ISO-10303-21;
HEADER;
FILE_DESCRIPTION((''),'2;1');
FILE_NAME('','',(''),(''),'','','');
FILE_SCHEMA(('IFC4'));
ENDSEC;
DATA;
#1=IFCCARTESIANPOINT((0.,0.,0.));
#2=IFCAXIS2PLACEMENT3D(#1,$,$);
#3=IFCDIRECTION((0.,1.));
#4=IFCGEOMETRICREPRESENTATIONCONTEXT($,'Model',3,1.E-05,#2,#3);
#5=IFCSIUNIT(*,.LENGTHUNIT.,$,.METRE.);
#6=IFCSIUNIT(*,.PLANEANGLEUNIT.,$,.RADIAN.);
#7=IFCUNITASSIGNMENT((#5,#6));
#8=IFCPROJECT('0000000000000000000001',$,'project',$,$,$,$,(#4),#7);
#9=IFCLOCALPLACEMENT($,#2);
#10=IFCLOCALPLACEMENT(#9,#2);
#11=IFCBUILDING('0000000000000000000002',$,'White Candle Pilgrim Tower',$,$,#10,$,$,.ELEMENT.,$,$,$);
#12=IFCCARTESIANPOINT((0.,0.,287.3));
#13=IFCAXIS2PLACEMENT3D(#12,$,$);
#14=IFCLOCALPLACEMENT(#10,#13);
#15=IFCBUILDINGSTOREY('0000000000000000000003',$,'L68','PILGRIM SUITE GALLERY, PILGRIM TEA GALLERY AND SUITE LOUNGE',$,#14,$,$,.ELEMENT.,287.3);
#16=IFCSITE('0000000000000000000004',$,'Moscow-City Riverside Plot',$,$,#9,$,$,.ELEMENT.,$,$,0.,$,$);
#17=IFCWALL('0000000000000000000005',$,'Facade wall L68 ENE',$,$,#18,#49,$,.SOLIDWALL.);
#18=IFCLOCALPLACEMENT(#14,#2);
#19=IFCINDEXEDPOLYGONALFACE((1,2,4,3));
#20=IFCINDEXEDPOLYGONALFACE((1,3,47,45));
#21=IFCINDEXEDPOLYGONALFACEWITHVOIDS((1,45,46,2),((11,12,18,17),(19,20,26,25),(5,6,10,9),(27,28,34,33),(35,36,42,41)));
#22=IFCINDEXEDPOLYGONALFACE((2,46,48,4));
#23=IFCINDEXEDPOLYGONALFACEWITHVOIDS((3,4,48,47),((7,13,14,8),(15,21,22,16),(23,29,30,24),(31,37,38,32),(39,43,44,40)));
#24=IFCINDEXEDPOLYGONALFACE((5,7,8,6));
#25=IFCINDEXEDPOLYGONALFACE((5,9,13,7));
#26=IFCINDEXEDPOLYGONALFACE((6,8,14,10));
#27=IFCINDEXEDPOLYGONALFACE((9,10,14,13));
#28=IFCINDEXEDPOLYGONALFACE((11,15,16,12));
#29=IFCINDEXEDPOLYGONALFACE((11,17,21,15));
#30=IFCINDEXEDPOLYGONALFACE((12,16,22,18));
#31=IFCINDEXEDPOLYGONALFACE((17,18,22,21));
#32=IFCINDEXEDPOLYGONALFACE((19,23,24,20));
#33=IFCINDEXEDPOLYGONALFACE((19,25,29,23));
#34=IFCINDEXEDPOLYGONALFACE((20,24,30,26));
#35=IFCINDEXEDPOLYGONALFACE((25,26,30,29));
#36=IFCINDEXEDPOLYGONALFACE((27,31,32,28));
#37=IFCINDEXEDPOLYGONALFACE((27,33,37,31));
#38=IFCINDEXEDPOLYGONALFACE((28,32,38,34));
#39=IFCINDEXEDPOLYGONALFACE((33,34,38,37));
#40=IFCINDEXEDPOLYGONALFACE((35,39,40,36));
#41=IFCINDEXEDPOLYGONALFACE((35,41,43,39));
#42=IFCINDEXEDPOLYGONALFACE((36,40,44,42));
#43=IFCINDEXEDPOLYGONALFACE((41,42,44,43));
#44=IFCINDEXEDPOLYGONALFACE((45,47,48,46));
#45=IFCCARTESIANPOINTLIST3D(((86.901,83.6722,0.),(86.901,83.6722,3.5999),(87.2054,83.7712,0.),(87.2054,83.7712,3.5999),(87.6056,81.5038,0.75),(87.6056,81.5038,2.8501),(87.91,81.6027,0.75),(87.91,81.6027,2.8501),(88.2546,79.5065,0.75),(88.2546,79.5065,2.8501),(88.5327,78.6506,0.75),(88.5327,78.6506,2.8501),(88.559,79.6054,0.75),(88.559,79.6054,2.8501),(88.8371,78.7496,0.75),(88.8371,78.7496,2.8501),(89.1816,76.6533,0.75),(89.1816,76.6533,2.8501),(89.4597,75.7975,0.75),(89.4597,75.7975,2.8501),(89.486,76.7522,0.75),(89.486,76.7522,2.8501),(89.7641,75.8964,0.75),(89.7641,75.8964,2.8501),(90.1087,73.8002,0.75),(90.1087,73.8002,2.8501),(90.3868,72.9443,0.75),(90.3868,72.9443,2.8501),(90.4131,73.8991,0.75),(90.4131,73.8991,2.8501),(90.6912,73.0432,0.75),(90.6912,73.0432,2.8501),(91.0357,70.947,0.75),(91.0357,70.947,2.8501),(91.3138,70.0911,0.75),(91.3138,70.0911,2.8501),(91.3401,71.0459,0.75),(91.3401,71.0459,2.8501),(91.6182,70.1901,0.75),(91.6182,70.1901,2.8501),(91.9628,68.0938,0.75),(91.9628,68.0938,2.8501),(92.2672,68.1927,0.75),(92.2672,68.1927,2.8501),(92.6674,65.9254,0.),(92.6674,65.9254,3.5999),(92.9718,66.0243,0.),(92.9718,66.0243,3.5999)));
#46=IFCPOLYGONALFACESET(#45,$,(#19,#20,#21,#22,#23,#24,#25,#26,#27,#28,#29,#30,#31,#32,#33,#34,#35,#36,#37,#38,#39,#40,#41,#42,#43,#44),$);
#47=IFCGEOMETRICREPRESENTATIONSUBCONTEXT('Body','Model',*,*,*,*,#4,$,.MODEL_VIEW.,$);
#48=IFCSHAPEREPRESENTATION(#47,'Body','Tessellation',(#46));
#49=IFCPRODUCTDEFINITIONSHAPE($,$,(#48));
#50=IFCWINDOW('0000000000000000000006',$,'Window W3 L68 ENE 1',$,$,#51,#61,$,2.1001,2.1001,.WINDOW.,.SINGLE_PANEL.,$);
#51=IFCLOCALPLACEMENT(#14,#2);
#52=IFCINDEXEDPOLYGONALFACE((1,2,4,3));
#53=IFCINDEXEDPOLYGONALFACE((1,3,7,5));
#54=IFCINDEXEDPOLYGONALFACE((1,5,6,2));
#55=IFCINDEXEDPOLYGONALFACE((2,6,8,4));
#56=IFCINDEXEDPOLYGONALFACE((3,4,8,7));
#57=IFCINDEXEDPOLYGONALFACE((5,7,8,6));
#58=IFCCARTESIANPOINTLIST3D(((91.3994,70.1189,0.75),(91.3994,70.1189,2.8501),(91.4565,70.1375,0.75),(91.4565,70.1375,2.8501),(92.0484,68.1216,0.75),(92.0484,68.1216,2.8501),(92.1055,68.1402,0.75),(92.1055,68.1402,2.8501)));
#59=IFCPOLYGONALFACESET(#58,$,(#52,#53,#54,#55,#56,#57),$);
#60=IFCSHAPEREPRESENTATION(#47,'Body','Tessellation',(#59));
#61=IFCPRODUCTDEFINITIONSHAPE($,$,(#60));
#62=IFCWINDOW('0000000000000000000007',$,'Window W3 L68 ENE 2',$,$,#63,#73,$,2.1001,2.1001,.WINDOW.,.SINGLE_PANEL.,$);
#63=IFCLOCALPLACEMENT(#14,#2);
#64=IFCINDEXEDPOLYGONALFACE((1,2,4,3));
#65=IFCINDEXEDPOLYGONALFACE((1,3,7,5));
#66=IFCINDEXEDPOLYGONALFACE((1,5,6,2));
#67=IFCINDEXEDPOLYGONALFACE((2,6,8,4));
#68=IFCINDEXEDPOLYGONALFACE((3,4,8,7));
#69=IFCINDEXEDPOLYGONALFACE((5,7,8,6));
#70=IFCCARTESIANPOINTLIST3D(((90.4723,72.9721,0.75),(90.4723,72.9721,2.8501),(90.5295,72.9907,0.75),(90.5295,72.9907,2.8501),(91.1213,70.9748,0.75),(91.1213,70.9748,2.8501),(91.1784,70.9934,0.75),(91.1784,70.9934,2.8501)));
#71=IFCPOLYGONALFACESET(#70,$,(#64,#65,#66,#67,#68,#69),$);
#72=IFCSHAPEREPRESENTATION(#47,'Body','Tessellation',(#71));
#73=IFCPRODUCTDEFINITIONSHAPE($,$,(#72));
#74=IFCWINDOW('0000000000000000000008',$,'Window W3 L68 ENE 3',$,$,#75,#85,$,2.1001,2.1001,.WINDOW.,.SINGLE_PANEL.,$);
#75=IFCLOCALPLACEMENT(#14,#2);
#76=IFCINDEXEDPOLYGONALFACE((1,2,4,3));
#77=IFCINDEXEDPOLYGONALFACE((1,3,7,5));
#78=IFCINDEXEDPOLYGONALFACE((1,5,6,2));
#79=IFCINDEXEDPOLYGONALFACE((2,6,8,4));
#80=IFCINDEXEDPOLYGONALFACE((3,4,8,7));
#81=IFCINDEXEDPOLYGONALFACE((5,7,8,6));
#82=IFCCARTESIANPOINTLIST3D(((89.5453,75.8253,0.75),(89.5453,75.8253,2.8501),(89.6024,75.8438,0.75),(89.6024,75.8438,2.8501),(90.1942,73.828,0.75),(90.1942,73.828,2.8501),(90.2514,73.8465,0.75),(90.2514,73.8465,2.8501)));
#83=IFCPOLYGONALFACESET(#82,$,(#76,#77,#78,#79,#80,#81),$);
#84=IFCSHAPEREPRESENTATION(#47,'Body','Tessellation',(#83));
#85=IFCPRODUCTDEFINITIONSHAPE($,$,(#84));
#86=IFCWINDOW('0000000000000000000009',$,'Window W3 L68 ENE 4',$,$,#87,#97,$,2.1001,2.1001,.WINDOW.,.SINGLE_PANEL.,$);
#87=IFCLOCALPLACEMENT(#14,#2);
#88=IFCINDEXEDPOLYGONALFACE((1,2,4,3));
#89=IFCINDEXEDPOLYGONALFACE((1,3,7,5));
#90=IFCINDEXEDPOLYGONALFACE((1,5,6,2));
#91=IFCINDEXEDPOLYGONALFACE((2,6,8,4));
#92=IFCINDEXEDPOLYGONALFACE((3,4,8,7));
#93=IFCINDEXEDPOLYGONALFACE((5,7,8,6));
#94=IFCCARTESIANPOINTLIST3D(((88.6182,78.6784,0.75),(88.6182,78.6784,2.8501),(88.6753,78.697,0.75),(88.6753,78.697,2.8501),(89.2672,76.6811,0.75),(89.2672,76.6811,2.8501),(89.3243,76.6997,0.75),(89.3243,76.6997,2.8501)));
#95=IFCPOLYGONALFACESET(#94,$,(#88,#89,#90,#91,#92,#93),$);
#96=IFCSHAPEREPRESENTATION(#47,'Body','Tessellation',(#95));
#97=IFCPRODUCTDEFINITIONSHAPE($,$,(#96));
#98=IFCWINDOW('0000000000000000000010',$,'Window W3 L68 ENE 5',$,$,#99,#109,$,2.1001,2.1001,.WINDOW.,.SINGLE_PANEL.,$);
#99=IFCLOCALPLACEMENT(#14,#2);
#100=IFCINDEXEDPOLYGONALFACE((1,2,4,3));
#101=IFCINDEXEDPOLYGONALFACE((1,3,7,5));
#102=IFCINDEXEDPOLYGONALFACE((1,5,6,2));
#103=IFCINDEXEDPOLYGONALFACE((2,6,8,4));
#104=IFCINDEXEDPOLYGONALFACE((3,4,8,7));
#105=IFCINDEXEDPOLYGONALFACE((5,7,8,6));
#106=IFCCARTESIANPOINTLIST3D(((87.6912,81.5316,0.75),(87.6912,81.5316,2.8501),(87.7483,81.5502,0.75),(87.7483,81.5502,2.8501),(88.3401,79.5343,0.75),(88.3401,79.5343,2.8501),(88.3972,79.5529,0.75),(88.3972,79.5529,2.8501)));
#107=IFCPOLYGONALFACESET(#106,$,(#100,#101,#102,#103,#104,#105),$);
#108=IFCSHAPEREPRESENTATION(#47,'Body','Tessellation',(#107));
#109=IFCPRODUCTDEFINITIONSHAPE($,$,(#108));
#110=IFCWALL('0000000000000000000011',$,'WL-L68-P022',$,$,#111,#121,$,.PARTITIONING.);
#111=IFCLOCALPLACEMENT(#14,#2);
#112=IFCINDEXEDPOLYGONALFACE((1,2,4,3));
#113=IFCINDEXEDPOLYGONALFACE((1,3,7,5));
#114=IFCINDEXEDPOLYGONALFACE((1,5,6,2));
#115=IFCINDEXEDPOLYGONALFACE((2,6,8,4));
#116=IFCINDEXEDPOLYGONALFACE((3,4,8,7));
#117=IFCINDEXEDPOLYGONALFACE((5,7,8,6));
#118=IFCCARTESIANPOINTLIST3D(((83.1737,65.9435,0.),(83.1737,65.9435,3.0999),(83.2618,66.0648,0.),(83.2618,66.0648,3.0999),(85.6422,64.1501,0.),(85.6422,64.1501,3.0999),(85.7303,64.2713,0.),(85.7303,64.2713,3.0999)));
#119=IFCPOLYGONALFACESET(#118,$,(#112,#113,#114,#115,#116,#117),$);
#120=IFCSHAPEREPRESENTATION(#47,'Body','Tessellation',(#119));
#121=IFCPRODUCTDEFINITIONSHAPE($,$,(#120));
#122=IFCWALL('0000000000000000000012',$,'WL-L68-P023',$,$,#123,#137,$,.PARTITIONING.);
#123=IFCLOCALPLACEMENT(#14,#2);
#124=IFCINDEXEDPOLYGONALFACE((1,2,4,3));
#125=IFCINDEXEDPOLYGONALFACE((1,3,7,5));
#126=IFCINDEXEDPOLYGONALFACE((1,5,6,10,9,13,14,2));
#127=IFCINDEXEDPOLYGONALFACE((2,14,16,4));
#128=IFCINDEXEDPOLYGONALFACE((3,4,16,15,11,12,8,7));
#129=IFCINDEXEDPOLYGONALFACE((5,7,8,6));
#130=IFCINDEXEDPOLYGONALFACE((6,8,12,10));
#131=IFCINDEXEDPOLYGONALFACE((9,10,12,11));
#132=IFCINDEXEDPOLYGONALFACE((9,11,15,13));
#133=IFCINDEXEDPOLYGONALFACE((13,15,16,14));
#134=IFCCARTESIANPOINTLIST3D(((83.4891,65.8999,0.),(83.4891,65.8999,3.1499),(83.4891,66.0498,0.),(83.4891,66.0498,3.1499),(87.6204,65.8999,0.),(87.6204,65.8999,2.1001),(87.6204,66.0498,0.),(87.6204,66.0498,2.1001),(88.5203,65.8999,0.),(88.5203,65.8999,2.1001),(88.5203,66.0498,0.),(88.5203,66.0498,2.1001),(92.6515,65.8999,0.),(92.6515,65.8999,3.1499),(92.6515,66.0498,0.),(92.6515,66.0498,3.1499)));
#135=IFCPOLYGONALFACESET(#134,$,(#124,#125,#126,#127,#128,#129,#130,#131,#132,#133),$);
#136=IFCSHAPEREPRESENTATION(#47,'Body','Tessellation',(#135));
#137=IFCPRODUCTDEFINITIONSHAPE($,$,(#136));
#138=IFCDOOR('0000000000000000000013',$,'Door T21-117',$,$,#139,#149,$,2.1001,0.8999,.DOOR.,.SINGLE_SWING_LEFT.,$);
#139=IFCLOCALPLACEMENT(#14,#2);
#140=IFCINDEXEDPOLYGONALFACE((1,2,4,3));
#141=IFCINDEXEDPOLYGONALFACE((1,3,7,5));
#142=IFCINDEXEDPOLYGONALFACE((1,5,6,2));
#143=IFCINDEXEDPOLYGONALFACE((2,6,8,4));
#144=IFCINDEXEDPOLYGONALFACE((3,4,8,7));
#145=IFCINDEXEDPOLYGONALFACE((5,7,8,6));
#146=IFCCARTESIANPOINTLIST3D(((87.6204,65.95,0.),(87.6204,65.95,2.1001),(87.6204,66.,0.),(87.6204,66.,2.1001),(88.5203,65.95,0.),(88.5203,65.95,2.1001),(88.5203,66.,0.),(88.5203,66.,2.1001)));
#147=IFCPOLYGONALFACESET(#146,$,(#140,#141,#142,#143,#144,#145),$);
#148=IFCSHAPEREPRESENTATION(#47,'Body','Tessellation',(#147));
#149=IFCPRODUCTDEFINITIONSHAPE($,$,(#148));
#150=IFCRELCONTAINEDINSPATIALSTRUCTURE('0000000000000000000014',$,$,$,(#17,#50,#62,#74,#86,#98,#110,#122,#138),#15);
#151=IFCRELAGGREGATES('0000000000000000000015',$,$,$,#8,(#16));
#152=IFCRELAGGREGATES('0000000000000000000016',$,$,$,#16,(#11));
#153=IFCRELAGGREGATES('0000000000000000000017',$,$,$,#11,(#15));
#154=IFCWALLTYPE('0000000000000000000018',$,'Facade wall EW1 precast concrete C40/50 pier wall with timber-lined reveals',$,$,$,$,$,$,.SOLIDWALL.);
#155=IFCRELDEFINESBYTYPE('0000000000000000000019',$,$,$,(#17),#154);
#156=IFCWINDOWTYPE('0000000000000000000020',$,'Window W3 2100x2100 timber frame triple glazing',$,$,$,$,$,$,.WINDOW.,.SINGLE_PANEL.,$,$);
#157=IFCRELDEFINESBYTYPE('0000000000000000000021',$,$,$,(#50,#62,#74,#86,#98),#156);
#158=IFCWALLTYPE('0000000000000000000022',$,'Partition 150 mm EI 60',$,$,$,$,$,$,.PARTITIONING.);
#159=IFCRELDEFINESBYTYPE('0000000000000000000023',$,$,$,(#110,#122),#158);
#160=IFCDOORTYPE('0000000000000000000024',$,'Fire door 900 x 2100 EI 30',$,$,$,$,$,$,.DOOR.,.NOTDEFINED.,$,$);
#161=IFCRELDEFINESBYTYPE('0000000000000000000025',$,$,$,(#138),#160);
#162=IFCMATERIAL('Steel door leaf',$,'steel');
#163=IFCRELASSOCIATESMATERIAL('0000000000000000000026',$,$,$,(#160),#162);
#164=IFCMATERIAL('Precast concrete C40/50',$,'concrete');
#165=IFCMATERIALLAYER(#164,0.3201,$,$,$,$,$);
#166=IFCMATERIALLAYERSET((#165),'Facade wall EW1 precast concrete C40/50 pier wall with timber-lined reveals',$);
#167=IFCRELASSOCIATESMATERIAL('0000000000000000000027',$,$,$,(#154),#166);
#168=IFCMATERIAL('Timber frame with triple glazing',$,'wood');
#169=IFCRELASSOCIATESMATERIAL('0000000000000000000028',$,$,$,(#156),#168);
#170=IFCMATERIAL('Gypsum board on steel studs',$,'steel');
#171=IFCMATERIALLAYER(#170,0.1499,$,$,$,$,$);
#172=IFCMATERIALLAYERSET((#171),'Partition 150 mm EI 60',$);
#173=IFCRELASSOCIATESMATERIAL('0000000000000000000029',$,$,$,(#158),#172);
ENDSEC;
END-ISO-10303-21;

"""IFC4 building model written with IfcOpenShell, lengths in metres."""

from ifc_helpers import new_model, si_unit, direction, frame, frame_2d, origin, place, context, subcontext, project, spatial, rectangle, extrude, material, layer, layer_set, type_object, element, fill, save


model = new_model("IFC4")

# Units and contexts
model_context = context("Model", 3, precision=1e-05, world=origin(), true_north=direction((0.0, 1.0)))
body_context = subcontext(model_context, "Body", "Model", "MODEL_VIEW")
ifc_project = project(units=[si_unit("LENGTHUNIT", "METRE"), si_unit("PLANEANGLEUNIT", "RADIAN")], contexts=[model_context])

# Site, building, storey
site_placement = place(None, origin())
site = spatial("IfcSite", under=ifc_project, at=site_placement, Name="Moscow-City Riverside Plot", CompositionType="ELEMENT", RefElevation=0.0)
building_placement = place(site_placement, origin())
building = spatial("IfcBuilding", under=site, at=building_placement, Name="White Candle Pilgrim Tower", CompositionType="ELEMENT")
storey_placement = place(building_placement, frame((0.0, 0.0, 287.3)))
storey = spatial("IfcBuildingStorey", under=building, at=storey_placement, Name="L68", Description="PILGRIM SUITE GALLERY, PILGRIM TEA GALLERY AND SUITE LOUNGE", CompositionType="ELEMENT", Elevation=287.3)

# Shared definitions
ifc_material_1 = material(Name="Gypsum board on steel studs", Category="steel")
ifc_material_2 = material(Name="Steel door leaf", Category="steel")
door_type = type_object("IfcDoorType", Name="Fire door 900 x 2100 EI 30", OperationType="NOTDEFINED", PredefinedType="DOOR", material=ifc_material_2)

# Wall, openings, windows
ifc_material_3 = material(Name="Precast concrete C40/50", Category="concrete")
ifc_layer_1 = layer(ifc_material_3, 0.3201)
ifc_layer_set_1 = layer_set([ifc_layer_1], Name="Facade wall EW1 precast concrete C40/50 pier wall with timber-lined reveals")
wall_type_1 = type_object("IfcWallType", Name="Facade wall EW1 precast concrete C40/50 pier wall with timber-lined reveals", PredefinedType="SOLIDWALL", material=ifc_layer_set_1)
wall_1_placement = place(storey_placement, frame((92.8196, 65.9749, 0.0), z_axis=(0.0, 0.0, 1.0), x_axis=(-0.30902, 0.951056, 0.0)))
wall_1 = element("IfcWall", 1, at=wall_1_placement, inside=storey, type_object=wall_type_1, Name="Facade wall L68 ENE", PredefinedType="SOLIDWALL", context=body_context, shape_type="SweptSolid", body=[
    extrude(rectangle(XDim=18.6602, YDim=0.3201, at=frame_2d((9.3301, 0.0))), origin(), (0.0, 0.0, 1.0), 3.5999),
])
opening_1_placement = place(wall_1_placement, frame((2.28, 0.0, 0.75)))
opening_1 = element("IfcOpeningElement", 2, at=opening_1_placement, cuts=wall_1, PredefinedType="OPENING", context=body_context, shape_type="SweptSolid", body=[
    extrude(rectangle(XDim=2.1001, YDim=2.1001, at=frame_2d((1.05, 1.05))), frame((0.0, 0.1699, 0.0), z_axis=(0.0, -1.0, 0.0), x_axis=(1.0, 0.0, 0.0)), (0.0, 0.0, 1.0), 0.3401),
])
opening_2_placement = place(wall_1_placement, frame((5.28, 0.0, 0.75)))
opening_2 = element("IfcOpeningElement", 3, at=opening_2_placement, cuts=wall_1, PredefinedType="OPENING", context=body_context, shape_type="SweptSolid", body=[
    extrude(rectangle(XDim=2.1001, YDim=2.1001, at=frame_2d((1.05, 1.05))), frame((0.0, 0.1699, 0.0), z_axis=(0.0, -1.0, 0.0), x_axis=(1.0, 0.0, 0.0)), (0.0, 0.0, 1.0), 0.3401),
])
opening_3_placement = place(wall_1_placement, frame((8.28, 0.0, 0.75)))
opening_3 = element("IfcOpeningElement", 4, at=opening_3_placement, cuts=wall_1, PredefinedType="OPENING", context=body_context, shape_type="SweptSolid", body=[
    extrude(rectangle(XDim=2.1001, YDim=2.1001, at=frame_2d((1.05, 1.05))), frame((0.0, 0.1699, 0.0), z_axis=(0.0, -1.0, 0.0), x_axis=(1.0, 0.0, 0.0)), (0.0, 0.0, 1.0), 0.3401),
])
opening_4_placement = place(wall_1_placement, frame((11.28, 0.0, 0.75)))
opening_4 = element("IfcOpeningElement", 5, at=opening_4_placement, cuts=wall_1, PredefinedType="OPENING", context=body_context, shape_type="SweptSolid", body=[
    extrude(rectangle(XDim=2.1001, YDim=2.1001, at=frame_2d((1.05, 1.05))), frame((0.0, 0.1699, 0.0), z_axis=(0.0, -1.0, 0.0), x_axis=(1.0, 0.0, 0.0)), (0.0, 0.0, 1.0), 0.3401),
])
opening_5_placement = place(wall_1_placement, frame((14.28, 0.0, 0.75)))
opening_5 = element("IfcOpeningElement", 6, at=opening_5_placement, cuts=wall_1, PredefinedType="OPENING", context=body_context, shape_type="SweptSolid", body=[
    extrude(rectangle(XDim=2.1001, YDim=2.1001, at=frame_2d((1.05, 1.05))), frame((0.0, 0.1699, 0.0), z_axis=(0.0, -1.0, 0.0), x_axis=(1.0, 0.0, 0.0)), (0.0, 0.0, 1.0), 0.3401),
])
ifc_material_4 = material(Name="Timber frame with triple glazing", Category="wood")
window_type = type_object("IfcWindowType", Name="Window W3 2100x2100 timber frame triple glazing", PartitioningType="SINGLE_PANEL", PredefinedType="WINDOW", material=ifc_material_4)
window_1_placement = place(opening_1_placement, origin())
window_1 = element("IfcWindow", 7, at=window_1_placement, inside=storey, type_object=window_type, Name="Window W3 L68 ENE 1", OverallHeight=2.1001, OverallWidth=2.1001, PartitioningType="SINGLE_PANEL", PredefinedType="WINDOW", context=body_context, shape_type="SweptSolid", body=[
    extrude(rectangle(XDim=2.1001, YDim=2.1001, at=frame_2d((1.05, 1.05))), frame((0.0, 0.0701, 0.0), z_axis=(0.0, -1.0, 0.0), x_axis=(1.0, 0.0, 0.0)), (0.0, 0.0, 1.0), 0.0601),
])
fill(opening_1, window_1)
window_2_placement = place(opening_2_placement, origin())
window_2 = element("IfcWindow", 8, at=window_2_placement, inside=storey, type_object=window_type, Name="Window W3 L68 ENE 2", OverallHeight=2.1001, OverallWidth=2.1001, PartitioningType="SINGLE_PANEL", PredefinedType="WINDOW", context=body_context, shape_type="SweptSolid", body=[
    extrude(rectangle(XDim=2.1001, YDim=2.1001, at=frame_2d((1.05, 1.05))), frame((0.0, 0.0701, 0.0), z_axis=(0.0, -1.0, 0.0), x_axis=(1.0, 0.0, 0.0)), (0.0, 0.0, 1.0), 0.0601),
])
fill(opening_2, window_2)
window_3_placement = place(opening_3_placement, origin())
window_3 = element("IfcWindow", 9, at=window_3_placement, inside=storey, type_object=window_type, Name="Window W3 L68 ENE 3", OverallHeight=2.1001, OverallWidth=2.1001, PartitioningType="SINGLE_PANEL", PredefinedType="WINDOW", context=body_context, shape_type="SweptSolid", body=[
    extrude(rectangle(XDim=2.1001, YDim=2.1001, at=frame_2d((1.05, 1.05))), frame((0.0, 0.0701, 0.0), z_axis=(0.0, -1.0, 0.0), x_axis=(1.0, 0.0, 0.0)), (0.0, 0.0, 1.0), 0.0601),
])
fill(opening_3, window_3)
window_4_placement = place(opening_4_placement, origin())
window_4 = element("IfcWindow", 10, at=window_4_placement, inside=storey, type_object=window_type, Name="Window W3 L68 ENE 4", OverallHeight=2.1001, OverallWidth=2.1001, PartitioningType="SINGLE_PANEL", PredefinedType="WINDOW", context=body_context, shape_type="SweptSolid", body=[
    extrude(rectangle(XDim=2.1001, YDim=2.1001, at=frame_2d((1.05, 1.05))), frame((0.0, 0.0701, 0.0), z_axis=(0.0, -1.0, 0.0), x_axis=(1.0, 0.0, 0.0)), (0.0, 0.0, 1.0), 0.0601),
])
fill(opening_4, window_4)
window_5_placement = place(opening_5_placement, origin())
window_5 = element("IfcWindow", 11, at=window_5_placement, inside=storey, type_object=window_type, Name="Window W3 L68 ENE 5", OverallHeight=2.1001, OverallWidth=2.1001, PartitioningType="SINGLE_PANEL", PredefinedType="WINDOW", context=body_context, shape_type="SweptSolid", body=[
    extrude(rectangle(XDim=2.1001, YDim=2.1001, at=frame_2d((1.05, 1.05))), frame((0.0, 0.0701, 0.0), z_axis=(0.0, -1.0, 0.0), x_axis=(1.0, 0.0, 0.0)), (0.0, 0.0, 1.0), 0.0601),
])
fill(opening_5, window_5)

# Wall
ifc_layer_2 = layer(ifc_material_1, 0.1499)
ifc_layer_set_2 = layer_set([ifc_layer_2], Name="Partition 150 mm EI 60")
wall_type_2 = type_object("IfcWallType", Name="Partition 150 mm EI 60", PredefinedType="PARTITIONING", material=ifc_layer_set_2)
wall_2_placement = place(storey_placement, frame((85.6863, 64.2107, 0.0), z_axis=(0.0, 0.0, 1.0), x_axis=(-0.80902, 0.587782, 0.0)))
element("IfcWall", 12, at=wall_2_placement, inside=storey, type_object=wall_type_2, Name="WL-L68-P022", PredefinedType="PARTITIONING", context=body_context, shape_type="SweptSolid", body=[
    extrude(rectangle(XDim=3.0513, YDim=0.1499, at=frame_2d((1.5256, 0.0))), origin(), (0.0, 0.0, 1.0), 3.0999),
])

# Wall, opening, door
wall_3_placement = place(storey_placement, frame((92.6514, 65.9749, 0.0), z_axis=(0.0, 0.0, 1.0), x_axis=(-1.0, 0.0, 0.0)))
wall_3 = element("IfcWall", 13, at=wall_3_placement, inside=storey, type_object=wall_type_2, Name="WL-L68-P023", PredefinedType="PARTITIONING", context=body_context, shape_type="SweptSolid", body=[
    extrude(rectangle(XDim=9.1624, YDim=0.1499, at=frame_2d((4.5811, 0.0))), origin(), (0.0, 0.0, 1.0), 3.1499),
])
opening_6_placement = place(wall_3_placement, frame((4.1311, 0.0, 0.0)))
opening_6 = element("IfcOpeningElement", 14, at=opening_6_placement, cuts=wall_3, PredefinedType="OPENING", context=body_context, shape_type="SweptSolid", body=[
    extrude(rectangle(XDim=0.8999, YDim=2.1001, at=frame_2d((0.45, 1.05))), frame((0.0, 0.085, 0.0), z_axis=(0.0, -1.0, 0.0), x_axis=(1.0, 0.0, 0.0)), (0.0, 0.0, 1.0), 0.1699),
])
door_1_placement = place(opening_6_placement, origin())
door_1 = element("IfcDoor", 15, at=door_1_placement, inside=storey, type_object=door_type, Name="Door T21-117", OperationType="SINGLE_SWING_LEFT", OverallHeight=2.1001, OverallWidth=0.8999, PredefinedType="DOOR", context=body_context, shape_type="SweptSolid", body=[
    extrude(rectangle(XDim=0.8999, YDim=2.1001, at=frame_2d((0.45, 1.05))), frame((0.0, 0.0249, 0.0), z_axis=(0.0, -1.0, 0.0), x_axis=(1.0, 0.0, 0.0)), (0.0, 0.0, 1.0), 0.05),
])
fill(opening_6, door_1)

save(model, "model.ifc")
